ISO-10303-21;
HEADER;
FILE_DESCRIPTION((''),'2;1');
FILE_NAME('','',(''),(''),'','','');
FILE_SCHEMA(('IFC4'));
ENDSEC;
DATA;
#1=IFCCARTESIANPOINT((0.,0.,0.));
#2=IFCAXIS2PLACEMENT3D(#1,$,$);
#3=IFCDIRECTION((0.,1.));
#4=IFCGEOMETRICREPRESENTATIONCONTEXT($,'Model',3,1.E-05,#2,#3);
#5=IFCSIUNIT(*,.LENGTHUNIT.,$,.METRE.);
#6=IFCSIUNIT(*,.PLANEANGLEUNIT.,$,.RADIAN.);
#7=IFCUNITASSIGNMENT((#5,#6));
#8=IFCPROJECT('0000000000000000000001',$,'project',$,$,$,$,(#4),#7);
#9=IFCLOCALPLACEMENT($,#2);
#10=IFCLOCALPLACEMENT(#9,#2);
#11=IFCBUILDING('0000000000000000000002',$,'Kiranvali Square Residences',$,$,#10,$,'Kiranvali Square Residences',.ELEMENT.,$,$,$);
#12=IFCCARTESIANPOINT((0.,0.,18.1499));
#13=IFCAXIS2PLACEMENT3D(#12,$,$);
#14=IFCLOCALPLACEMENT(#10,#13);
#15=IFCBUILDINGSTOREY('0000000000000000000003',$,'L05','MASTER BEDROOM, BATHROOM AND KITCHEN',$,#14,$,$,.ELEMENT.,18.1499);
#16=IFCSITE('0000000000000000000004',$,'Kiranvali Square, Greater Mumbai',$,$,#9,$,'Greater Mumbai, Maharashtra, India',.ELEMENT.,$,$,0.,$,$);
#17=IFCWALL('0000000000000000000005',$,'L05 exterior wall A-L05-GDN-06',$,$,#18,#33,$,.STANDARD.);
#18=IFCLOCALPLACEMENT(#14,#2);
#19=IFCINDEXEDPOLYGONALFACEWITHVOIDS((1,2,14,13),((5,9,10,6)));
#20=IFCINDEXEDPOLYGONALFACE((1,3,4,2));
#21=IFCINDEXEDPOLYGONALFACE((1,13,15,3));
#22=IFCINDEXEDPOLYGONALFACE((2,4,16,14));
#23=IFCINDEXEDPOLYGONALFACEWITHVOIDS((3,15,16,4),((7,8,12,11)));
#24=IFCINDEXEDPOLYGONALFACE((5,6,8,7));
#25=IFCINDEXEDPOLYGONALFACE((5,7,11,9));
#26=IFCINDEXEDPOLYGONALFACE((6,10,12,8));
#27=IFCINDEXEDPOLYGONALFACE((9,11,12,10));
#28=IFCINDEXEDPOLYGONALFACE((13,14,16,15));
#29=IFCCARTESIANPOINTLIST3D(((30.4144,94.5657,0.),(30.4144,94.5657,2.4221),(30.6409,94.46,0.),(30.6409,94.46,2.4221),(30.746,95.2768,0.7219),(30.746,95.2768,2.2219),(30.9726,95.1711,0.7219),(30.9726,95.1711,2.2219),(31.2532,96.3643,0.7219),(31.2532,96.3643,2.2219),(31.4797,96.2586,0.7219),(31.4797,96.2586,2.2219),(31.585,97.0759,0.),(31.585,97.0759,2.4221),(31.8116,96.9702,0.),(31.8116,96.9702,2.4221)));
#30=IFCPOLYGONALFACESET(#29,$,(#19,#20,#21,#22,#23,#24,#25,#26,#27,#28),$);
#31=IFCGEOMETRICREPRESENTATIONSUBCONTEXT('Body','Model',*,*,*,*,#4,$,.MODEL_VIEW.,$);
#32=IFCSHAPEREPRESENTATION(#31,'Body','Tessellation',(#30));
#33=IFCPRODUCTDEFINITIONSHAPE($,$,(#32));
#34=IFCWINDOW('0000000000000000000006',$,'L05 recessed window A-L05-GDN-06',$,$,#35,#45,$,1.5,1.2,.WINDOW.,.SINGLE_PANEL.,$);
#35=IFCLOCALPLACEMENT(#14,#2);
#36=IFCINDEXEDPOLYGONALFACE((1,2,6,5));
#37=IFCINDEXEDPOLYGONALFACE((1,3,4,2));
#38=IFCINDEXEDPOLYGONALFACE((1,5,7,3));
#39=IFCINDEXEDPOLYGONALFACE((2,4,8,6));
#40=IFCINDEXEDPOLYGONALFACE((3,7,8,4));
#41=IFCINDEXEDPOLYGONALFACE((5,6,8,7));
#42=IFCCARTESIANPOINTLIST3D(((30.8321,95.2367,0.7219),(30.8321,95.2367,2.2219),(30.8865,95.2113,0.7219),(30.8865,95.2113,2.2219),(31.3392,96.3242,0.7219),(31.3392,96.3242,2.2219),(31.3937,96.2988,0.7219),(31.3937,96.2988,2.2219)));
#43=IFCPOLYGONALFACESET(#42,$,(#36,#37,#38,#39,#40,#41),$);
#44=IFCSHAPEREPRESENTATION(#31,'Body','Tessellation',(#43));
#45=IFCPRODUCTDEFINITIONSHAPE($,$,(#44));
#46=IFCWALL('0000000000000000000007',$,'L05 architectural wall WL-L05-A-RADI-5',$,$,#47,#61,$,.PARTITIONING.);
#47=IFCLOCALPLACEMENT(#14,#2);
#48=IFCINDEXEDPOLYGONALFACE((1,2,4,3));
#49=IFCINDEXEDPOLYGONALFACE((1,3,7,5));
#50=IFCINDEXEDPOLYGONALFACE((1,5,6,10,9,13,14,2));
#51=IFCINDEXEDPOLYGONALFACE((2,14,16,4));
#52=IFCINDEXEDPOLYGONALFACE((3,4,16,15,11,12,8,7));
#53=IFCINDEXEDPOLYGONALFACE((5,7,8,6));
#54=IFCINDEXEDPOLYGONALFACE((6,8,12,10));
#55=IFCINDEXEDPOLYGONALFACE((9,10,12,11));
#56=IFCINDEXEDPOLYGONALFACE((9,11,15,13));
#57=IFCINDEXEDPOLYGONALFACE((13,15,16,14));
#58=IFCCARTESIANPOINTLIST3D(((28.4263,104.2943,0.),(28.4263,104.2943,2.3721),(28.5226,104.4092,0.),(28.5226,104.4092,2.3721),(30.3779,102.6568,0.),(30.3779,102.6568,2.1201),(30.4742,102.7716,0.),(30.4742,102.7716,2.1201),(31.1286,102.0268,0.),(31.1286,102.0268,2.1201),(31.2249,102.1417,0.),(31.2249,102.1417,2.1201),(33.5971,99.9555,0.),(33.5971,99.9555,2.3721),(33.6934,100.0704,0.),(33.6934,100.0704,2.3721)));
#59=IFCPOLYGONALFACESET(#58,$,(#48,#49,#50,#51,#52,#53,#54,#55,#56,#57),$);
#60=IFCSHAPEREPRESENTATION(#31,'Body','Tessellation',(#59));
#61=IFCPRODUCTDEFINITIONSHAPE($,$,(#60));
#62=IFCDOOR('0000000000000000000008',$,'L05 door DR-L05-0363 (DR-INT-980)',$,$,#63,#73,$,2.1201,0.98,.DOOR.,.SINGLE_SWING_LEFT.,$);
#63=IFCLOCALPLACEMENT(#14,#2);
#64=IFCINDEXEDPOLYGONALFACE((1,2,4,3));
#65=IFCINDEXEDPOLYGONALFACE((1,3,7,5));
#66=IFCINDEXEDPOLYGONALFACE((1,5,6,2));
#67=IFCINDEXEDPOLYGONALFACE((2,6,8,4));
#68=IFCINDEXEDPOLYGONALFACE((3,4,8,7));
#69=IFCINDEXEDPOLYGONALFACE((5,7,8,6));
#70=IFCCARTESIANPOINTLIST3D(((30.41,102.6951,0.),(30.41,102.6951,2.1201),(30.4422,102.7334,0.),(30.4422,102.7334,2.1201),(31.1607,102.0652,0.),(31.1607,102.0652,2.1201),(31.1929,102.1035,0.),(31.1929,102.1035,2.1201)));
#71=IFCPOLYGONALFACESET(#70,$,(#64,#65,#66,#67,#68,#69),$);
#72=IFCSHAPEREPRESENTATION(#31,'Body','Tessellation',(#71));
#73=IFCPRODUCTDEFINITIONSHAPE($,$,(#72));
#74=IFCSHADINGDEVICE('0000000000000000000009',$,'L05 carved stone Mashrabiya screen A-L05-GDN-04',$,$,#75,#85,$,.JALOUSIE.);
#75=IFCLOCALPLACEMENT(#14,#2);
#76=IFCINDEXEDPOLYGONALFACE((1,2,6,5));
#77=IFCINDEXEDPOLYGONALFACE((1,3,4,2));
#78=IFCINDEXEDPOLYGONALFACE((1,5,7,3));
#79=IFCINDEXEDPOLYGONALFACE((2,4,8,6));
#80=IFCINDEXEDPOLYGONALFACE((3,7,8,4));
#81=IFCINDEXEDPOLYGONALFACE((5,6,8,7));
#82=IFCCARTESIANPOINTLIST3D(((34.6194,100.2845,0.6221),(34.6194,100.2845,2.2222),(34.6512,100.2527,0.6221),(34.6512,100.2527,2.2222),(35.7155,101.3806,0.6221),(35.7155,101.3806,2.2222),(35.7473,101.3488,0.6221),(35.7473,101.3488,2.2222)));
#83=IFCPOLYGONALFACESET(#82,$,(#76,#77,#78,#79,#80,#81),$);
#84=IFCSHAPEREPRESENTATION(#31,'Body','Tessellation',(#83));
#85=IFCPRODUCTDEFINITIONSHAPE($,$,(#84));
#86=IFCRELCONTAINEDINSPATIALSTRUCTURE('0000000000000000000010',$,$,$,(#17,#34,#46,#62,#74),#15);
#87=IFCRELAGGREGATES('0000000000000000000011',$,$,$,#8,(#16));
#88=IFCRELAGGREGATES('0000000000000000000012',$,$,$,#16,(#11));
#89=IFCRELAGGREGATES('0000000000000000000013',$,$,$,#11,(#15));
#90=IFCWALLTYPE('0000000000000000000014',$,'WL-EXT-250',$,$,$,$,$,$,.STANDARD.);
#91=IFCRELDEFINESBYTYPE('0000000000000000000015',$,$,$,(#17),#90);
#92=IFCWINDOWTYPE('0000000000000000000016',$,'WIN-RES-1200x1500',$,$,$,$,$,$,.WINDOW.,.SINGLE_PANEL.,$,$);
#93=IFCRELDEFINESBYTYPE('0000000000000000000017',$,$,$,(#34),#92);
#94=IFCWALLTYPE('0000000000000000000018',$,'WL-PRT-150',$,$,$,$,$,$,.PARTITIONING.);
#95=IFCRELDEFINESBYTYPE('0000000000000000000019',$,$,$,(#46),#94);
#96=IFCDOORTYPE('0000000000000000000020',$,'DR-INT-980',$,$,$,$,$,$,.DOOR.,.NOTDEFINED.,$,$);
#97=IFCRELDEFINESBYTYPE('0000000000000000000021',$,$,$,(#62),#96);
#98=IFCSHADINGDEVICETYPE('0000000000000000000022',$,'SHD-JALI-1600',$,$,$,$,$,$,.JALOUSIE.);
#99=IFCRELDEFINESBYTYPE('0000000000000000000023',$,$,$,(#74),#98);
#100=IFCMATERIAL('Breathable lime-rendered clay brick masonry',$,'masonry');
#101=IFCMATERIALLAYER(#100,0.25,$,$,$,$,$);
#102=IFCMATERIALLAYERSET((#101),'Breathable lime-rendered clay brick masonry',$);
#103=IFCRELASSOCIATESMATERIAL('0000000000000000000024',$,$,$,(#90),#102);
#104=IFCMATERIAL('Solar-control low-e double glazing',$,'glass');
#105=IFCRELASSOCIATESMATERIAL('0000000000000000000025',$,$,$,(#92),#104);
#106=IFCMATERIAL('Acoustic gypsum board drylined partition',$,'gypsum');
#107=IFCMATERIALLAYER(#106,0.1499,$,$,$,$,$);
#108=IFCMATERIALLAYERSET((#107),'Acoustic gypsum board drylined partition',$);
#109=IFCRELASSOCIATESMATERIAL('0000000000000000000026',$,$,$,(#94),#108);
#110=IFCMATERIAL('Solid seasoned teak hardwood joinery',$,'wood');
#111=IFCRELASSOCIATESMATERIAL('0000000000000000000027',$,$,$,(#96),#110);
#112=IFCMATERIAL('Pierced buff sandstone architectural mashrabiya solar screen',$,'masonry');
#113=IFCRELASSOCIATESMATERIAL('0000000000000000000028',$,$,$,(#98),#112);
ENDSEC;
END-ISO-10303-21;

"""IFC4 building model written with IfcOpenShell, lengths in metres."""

from ifc_helpers import new_model, si_unit, direction, frame, frame_2d, origin, origin_2d, place, context, subcontext, project, spatial, rectangle, extrude, material, layer, layer_set, type_object, element, fill, save


model = new_model("IFC4")

# Units and contexts
model_context = context("Model", 3, precision=1e-05, world=origin(), true_north=direction((0.0, 1.0)))
body_context = subcontext(model_context, "Body", "Model", "MODEL_VIEW")
ifc_project = project(units=[si_unit("LENGTHUNIT", "METRE"), si_unit("PLANEANGLEUNIT", "RADIAN")], contexts=[model_context])

# Site, building, storey
site_placement = place(None, origin())
site = spatial("IfcSite", under=ifc_project, at=site_placement, Name="Kiranvali Square, Greater Mumbai", LongName="Greater Mumbai, Maharashtra, India", CompositionType="ELEMENT", RefElevation=0.0)
building_placement = place(site_placement, origin())
building = spatial("IfcBuilding", under=site, at=building_placement, Name="Kiranvali Square Residences", LongName="Kiranvali Square Residences", CompositionType="ELEMENT")
storey_placement = place(building_placement, frame((0.0, 0.0, 18.1499)))
storey = spatial("IfcBuildingStorey", under=building, at=storey_placement, Name="L05", Description="MASTER BEDROOM, BATHROOM AND KITCHEN", CompositionType="ELEMENT", Elevation=18.1499)

# Shared definitions
ifc_material_1 = material(Name="Breathable lime-rendered clay brick masonry", Category="masonry")
ifc_layer_1 = layer(ifc_material_1, 0.25)
ifc_layer_set_1 = layer_set([ifc_layer_1], Name="Breathable lime-rendered clay brick masonry")
wall_type_1 = type_object("IfcWallType", Name="WL-EXT-250", PredefinedType="STANDARD", material=ifc_layer_set_1)

# Wall, opening, window
wall_1_placement = place(storey_placement, frame((31.6982, 97.0229, 0.0), z_axis=(0.0, 0.0, 1.0), x_axis=(-0.422649, -0.906293, 0.0)))
wall_1 = element("IfcWall", 1, at=wall_1_placement, inside=storey, type_object=wall_type_1, Name="L05 exterior wall A-L05-GDN-06", PredefinedType="STANDARD", context=body_context, shape_type="SweptSolid", body=[
    extrude(rectangle(XDim=2.7698, YDim=0.25, at=frame_2d((1.3848, 0.0))), origin(), (0.0, 0.0, 1.0), 2.4221),
])
opening_1_placement = place(wall_1_placement, frame((0.7849, 0.0, 0.7219)))
opening_1 = element("IfcOpeningElement", 2, at=opening_1_placement, cuts=wall_1, PredefinedType="OPENING", context=body_context, shape_type="SweptSolid", body=[
    extrude(rectangle(XDim=1.2, YDim=1.5, at=frame_2d((0.6001, 0.75))), frame((0.0, 0.135, 0.0), z_axis=(0.0, -1.0, 0.0), x_axis=(1.0, 0.0, 0.0)), (0.0, 0.0, 1.0), 0.27),
])
ifc_material_2 = material(Name="Solar-control low-e double glazing", Category="glass")
window_type = type_object("IfcWindowType", Name="WIN-RES-1200x1500", PartitioningType="SINGLE_PANEL", PredefinedType="WINDOW", material=ifc_material_2)
window_placement = place(opening_1_placement, origin())
window = element("IfcWindow", 3, at=window_placement, inside=storey, type_object=window_type, Name="L05 recessed window A-L05-GDN-06", OverallHeight=1.5, OverallWidth=1.2, PartitioningType="SINGLE_PANEL", PredefinedType="WINDOW", context=body_context, shape_type="SweptSolid", body=[
    extrude(rectangle(XDim=1.2, YDim=1.5, at=frame_2d((0.6001, 0.75))), frame((0.0, 0.03, 0.0), z_axis=(0.0, -1.0, 0.0), x_axis=(1.0, 0.0, 0.0)), (0.0, 0.0, 1.0), 0.0601),
])
fill(opening_1, window)

# Wall, opening, door
ifc_material_3 = material(Name="Acoustic gypsum board drylined partition", Category="gypsum")
ifc_layer_2 = layer(ifc_material_3, 0.1499)
ifc_layer_set_2 = layer_set([ifc_layer_2], Name="Acoustic gypsum board drylined partition")
wall_type_2 = type_object("IfcWallType", Name="WL-PRT-150", PredefinedType="PARTITIONING", material=ifc_layer_set_2)
wall_2_placement = place(storey_placement, frame((33.6453, 100.0129, 0.0), z_axis=(0.0, 0.0, 1.0), x_axis=(-0.766047, 0.642785, 0.0)))
wall_2 = element("IfcWall", 4, at=wall_2_placement, inside=storey, type_object=wall_type_2, Name="L05 architectural wall WL-L05-A-RADI-5", PredefinedType="PARTITIONING", context=body_context, shape_type="SweptSolid", body=[
    extrude(rectangle(XDim=6.75, YDim=0.1499, at=frame_2d((3.375, 0.0))), origin(), (0.0, 0.0, 1.0), 2.3721),
])
opening_2_placement = place(wall_2_placement, frame((3.2224, 0.0, 0.0)))
opening_2 = element("IfcOpeningElement", 5, at=opening_2_placement, cuts=wall_2, PredefinedType="OPENING", context=body_context, shape_type="SweptSolid", body=[
    extrude(rectangle(XDim=0.98, YDim=2.1201, at=frame_2d((0.49, 1.0601))), frame((0.0, 0.085, 0.0), z_axis=(0.0, -1.0, 0.0), x_axis=(1.0, 0.0, 0.0)), (0.0, 0.0, 1.0), 0.1699),
])
ifc_material_4 = material(Name="Solid seasoned teak hardwood joinery", Category="wood")
door_type_1 = type_object("IfcDoorType", Name="DR-INT-980", OperationType="NOTDEFINED", PredefinedType="DOOR", material=ifc_material_4)
door_1_placement = place(opening_2_placement, origin())
door_1 = element("IfcDoor", 6, at=door_1_placement, inside=storey, type_object=door_type_1, Name="L05 door DR-L05-0363 (DR-INT-980)", OperationType="SINGLE_SWING_LEFT", OverallHeight=2.1201, OverallWidth=0.98, PredefinedType="DOOR", context=body_context, shape_type="SweptSolid", body=[
    extrude(rectangle(XDim=0.98, YDim=2.1201, at=frame_2d((0.49, 1.0601))), frame((0.0, 0.0249, 0.0), z_axis=(0.0, -1.0, 0.0), x_axis=(1.0, 0.0, 0.0)), (0.0, 0.0, 1.0), 0.05),
])
fill(opening_2, door_1)

# Shading device
ifc_material_5 = material(Name="Pierced buff sandstone architectural mashrabiya solar screen", Category="masonry")
shading_device_type = type_object("IfcShadingDeviceType", Name="SHD-JALI-1600", PredefinedType="JALOUSIE", material=ifc_material_5)
shading_device_placement = place(storey_placement, frame((35.1833, 100.8167, 0.6221), z_axis=(0.0, 0.0, 1.0), x_axis=(-0.707107, -0.707107, 0.0)))
element("IfcShadingDevice", 7, at=shading_device_placement, inside=storey, type_object=shading_device_type, Name="L05 carved stone Mashrabiya screen A-L05-GDN-04", PredefinedType="JALOUSIE", context=body_context, shape_type="SweptSolid", body=[
    extrude(rectangle(XDim=1.55, YDim=0.0449, at=origin_2d()), origin(), (0.0, 0.0, 1.0), 1.6001),
])

save(model, "model.ifc")
